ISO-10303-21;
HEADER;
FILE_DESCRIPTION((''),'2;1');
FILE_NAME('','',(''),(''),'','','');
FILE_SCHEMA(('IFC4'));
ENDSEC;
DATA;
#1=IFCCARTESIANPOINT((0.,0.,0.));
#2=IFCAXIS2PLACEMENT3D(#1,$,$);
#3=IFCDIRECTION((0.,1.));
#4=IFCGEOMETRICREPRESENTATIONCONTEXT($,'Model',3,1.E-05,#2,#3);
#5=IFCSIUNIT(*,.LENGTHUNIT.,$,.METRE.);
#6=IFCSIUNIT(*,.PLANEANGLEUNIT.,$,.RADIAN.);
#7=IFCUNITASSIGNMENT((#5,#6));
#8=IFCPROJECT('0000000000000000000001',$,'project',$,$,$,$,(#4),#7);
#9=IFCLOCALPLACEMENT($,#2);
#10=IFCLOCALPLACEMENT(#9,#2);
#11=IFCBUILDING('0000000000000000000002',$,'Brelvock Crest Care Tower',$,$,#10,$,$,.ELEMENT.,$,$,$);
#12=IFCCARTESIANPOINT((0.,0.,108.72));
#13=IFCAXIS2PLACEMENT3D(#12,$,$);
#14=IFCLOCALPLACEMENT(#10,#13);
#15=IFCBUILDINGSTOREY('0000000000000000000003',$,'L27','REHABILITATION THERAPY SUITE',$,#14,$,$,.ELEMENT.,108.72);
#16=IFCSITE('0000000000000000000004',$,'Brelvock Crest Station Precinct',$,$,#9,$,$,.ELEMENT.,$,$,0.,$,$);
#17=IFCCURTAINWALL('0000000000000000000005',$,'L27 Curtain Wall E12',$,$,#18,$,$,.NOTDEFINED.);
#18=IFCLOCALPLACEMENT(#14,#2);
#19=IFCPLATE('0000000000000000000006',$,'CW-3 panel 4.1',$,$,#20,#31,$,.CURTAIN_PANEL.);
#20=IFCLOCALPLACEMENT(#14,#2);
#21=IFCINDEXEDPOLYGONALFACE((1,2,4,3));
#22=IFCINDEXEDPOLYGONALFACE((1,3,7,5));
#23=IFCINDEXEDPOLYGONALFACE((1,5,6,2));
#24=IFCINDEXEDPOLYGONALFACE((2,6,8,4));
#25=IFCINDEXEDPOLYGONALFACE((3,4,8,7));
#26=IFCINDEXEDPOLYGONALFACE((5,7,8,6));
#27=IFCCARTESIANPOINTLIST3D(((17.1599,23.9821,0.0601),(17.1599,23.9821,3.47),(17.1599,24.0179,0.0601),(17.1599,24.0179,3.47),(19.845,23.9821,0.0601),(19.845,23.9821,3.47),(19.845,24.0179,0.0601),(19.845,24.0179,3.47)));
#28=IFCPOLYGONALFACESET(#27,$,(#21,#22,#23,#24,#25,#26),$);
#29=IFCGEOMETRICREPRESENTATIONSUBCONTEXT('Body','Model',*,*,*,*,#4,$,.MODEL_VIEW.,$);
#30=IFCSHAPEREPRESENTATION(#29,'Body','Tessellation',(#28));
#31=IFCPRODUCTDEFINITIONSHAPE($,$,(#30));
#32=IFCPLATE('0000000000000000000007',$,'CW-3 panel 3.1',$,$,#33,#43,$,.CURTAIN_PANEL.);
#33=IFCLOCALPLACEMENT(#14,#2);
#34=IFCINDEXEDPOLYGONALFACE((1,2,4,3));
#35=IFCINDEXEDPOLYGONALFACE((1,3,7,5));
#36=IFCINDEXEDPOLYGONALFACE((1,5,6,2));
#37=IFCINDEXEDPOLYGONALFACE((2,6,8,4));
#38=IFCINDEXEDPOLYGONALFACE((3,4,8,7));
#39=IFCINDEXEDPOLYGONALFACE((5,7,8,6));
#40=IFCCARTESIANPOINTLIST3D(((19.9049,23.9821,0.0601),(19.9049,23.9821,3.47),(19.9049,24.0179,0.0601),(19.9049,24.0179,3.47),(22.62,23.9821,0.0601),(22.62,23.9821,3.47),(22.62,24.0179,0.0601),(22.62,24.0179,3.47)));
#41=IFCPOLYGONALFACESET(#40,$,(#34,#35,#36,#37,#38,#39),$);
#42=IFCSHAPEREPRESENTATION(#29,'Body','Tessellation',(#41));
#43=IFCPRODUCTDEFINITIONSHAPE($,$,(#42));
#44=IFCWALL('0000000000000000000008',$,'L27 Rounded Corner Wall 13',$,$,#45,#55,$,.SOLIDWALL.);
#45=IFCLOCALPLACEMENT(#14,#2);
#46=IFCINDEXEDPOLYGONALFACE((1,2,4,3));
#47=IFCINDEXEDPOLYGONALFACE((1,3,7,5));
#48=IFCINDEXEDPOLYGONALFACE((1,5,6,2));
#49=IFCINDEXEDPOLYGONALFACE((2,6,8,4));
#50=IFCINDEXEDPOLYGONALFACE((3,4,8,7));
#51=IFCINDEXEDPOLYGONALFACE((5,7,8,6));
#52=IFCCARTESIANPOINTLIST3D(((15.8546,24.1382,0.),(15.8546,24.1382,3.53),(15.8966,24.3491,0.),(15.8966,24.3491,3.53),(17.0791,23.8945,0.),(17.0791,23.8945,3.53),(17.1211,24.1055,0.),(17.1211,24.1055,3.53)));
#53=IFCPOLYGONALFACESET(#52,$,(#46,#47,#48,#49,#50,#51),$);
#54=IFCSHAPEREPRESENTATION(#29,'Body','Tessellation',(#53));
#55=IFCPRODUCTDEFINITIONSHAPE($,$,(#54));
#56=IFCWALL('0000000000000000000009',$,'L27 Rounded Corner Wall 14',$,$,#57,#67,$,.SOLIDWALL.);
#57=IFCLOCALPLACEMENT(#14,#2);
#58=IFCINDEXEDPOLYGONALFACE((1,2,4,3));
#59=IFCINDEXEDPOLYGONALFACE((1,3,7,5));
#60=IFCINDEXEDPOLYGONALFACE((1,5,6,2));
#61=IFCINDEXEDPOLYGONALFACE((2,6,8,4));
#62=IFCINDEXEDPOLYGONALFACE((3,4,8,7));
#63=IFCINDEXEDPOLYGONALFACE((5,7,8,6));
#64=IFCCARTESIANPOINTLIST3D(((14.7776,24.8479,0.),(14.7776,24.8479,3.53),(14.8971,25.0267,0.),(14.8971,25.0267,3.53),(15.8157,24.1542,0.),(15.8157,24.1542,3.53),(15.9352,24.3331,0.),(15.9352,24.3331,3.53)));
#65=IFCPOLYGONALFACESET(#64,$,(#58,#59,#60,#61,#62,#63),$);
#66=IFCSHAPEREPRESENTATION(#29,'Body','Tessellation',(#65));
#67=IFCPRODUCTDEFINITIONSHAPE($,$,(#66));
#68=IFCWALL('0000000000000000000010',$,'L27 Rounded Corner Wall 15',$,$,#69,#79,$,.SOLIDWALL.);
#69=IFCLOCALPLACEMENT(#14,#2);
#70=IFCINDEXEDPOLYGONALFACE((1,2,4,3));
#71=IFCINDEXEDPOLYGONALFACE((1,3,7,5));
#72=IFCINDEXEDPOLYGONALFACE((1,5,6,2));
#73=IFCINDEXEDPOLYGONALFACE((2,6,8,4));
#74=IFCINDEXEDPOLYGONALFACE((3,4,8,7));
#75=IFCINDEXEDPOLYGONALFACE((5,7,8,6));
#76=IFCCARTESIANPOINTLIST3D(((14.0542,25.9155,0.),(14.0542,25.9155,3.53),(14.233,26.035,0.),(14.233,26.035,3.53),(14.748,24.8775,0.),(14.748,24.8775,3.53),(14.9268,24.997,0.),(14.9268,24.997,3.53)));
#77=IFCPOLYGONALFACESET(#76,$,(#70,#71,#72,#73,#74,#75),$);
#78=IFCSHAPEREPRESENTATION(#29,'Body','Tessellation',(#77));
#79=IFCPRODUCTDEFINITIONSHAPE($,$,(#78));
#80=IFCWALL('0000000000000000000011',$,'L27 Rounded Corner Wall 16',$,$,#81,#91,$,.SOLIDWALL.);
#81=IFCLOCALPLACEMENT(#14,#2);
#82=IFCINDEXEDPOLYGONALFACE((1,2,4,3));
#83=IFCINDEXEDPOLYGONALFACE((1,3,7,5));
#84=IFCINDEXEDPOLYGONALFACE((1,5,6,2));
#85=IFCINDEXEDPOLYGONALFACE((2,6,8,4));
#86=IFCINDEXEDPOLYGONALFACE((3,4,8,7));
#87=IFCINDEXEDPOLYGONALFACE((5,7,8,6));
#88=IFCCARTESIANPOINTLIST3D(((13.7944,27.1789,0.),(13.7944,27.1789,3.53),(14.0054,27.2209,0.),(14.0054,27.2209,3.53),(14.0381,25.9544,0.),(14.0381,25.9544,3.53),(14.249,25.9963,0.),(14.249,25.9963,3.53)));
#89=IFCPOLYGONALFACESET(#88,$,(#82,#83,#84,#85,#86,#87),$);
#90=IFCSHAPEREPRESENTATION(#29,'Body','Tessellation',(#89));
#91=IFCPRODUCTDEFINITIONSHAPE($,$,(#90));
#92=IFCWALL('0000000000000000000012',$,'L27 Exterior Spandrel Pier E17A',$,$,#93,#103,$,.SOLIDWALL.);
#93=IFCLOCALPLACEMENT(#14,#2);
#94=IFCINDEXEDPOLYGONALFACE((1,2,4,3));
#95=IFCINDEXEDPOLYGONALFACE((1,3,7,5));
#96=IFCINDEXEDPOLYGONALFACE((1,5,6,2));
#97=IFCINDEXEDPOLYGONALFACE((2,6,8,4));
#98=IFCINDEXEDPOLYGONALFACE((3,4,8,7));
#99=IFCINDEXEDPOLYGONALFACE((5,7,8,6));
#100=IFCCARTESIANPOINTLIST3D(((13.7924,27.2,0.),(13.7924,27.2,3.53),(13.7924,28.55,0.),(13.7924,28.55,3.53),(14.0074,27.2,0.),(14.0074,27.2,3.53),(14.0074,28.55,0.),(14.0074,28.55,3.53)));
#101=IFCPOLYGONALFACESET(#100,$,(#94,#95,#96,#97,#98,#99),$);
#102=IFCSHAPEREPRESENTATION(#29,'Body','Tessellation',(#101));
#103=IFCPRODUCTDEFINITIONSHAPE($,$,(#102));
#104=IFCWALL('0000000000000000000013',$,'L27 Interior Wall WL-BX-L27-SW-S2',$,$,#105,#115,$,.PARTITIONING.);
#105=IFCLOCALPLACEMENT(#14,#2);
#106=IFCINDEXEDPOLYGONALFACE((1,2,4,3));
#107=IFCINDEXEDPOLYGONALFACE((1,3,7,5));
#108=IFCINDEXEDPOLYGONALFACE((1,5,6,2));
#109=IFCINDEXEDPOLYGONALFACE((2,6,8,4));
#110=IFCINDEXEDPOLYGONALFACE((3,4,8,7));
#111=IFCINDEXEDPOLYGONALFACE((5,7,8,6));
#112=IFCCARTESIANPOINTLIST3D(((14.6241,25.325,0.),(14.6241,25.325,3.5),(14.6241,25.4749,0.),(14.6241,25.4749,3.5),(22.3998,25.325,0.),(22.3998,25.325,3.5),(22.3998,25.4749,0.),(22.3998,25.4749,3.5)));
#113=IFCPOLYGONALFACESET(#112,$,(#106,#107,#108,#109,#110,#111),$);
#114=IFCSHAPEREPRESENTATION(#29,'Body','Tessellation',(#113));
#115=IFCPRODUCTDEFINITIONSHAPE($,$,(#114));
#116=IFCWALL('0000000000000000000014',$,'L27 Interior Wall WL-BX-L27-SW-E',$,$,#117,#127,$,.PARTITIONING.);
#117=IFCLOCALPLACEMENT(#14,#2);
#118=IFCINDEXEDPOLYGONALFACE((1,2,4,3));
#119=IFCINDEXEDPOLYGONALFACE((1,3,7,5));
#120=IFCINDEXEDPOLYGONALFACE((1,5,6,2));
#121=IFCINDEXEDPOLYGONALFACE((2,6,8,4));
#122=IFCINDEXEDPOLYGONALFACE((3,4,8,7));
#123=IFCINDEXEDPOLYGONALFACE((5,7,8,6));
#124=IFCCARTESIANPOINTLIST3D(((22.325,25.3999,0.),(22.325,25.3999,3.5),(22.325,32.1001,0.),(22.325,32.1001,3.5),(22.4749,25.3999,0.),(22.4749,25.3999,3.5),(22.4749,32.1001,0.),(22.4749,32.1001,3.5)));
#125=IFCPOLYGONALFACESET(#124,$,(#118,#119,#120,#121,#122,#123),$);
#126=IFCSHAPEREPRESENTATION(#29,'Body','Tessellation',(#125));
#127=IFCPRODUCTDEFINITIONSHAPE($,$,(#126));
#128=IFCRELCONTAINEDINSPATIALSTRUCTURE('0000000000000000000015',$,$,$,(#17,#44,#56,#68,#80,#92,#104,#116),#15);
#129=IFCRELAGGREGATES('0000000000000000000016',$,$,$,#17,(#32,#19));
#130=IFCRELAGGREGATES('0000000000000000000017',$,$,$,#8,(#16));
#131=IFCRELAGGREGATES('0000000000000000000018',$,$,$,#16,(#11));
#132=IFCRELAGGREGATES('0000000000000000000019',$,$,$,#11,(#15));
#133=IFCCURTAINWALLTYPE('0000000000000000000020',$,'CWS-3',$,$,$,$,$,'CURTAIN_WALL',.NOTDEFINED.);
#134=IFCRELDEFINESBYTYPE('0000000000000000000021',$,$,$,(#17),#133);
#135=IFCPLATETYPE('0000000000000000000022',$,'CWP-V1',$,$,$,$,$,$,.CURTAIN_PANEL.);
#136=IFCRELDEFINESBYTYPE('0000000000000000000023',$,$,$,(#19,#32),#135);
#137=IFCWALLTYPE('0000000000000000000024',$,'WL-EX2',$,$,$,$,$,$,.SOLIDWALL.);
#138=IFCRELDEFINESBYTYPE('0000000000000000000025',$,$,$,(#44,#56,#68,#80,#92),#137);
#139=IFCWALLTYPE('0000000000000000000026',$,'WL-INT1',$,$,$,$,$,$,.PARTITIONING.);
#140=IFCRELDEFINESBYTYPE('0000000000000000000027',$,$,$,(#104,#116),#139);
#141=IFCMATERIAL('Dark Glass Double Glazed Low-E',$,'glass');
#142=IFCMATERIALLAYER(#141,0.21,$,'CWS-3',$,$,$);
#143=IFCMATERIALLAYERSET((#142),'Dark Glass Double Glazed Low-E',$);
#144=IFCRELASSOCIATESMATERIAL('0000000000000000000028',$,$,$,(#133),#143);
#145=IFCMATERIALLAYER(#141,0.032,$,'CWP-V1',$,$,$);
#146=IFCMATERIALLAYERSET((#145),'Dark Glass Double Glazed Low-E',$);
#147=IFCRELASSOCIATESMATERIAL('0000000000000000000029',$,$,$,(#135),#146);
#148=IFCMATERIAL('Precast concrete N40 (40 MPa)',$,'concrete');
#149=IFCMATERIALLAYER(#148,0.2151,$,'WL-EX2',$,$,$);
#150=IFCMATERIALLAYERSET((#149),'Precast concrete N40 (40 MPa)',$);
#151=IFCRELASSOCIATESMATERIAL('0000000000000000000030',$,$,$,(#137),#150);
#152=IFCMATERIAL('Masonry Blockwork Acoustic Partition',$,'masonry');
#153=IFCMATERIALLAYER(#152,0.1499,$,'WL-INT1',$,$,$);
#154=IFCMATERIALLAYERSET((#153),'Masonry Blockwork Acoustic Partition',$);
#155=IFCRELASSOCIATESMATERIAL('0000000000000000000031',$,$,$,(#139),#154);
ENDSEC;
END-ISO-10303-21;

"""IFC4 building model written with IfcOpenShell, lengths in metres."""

from ifc_helpers import new_model, si_unit, direction, frame, frame_2d, origin, origin_2d, place, context, subcontext, project, spatial, rectangle, extrude, source, transform, mapped, material, layer, layer_set, type_object, element, aggregate, save


model = new_model("IFC4")

# Units and contexts
model_context = context("Model", 3, precision=1e-05, world=origin(), true_north=direction((0.0, 1.0)))
body_context = subcontext(model_context, "Body", "Model", "MODEL_VIEW")
ifc_project = project(units=[si_unit("LENGTHUNIT", "METRE"), si_unit("PLANEANGLEUNIT", "RADIAN")], contexts=[model_context])

# Site, building, storey
site_placement = place(None, origin())
site = spatial("IfcSite", under=ifc_project, at=site_placement, Name="Brelvock Crest Station Precinct", CompositionType="ELEMENT", RefElevation=0.0)
building_placement = place(site_placement, origin())
building = spatial("IfcBuilding", under=site, at=building_placement, Name="Brelvock Crest Care Tower", CompositionType="ELEMENT")
storey_placement = place(building_placement, frame((0.0, 0.0, 108.72)))
storey = spatial("IfcBuildingStorey", under=building, at=storey_placement, Name="L27", Description="REHABILITATION THERAPY SUITE", CompositionType="ELEMENT", Elevation=108.72)

# Curtain wall, plates
ifc_material_1 = material(Name="Dark Glass Double Glazed Low-E", Category="glass")
ifc_layer_1 = layer(ifc_material_1, 0.21, Name="CWS-3")
ifc_layer_set_1 = layer_set([ifc_layer_1], Name="Dark Glass Double Glazed Low-E")
curtain_wall_type = type_object("IfcCurtainWallType", Name="CWS-3", ElementType="CURTAIN_WALL", PredefinedType="NOTDEFINED", material=ifc_layer_set_1)
curtain_wall_placement = place(storey_placement, origin())
curtain_wall = element("IfcCurtainWall", 1, at=curtain_wall_placement, inside=storey, type_object=curtain_wall_type, Name="L27 Curtain Wall E12", PredefinedType="NOTDEFINED")
ifc_layer_2 = layer(ifc_material_1, 0.032, Name="CWP-V1")
ifc_layer_set_2 = layer_set([ifc_layer_2], Name="Dark Glass Double Glazed Low-E")
plate_type = type_object("IfcPlateType", Name="CWP-V1", PredefinedType="CURTAIN_PANEL", material=ifc_layer_set_2)
shared_shape_1 = source(origin(), body_context, "Body", "SweptSolid", [
    extrude(rectangle(XDim=2.6851, YDim=0.0359, at=origin_2d()), origin(), (0.0, 0.0, 1.0), 3.4099),
])
plate_1_placement = place(storey_placement, frame((18.5024, 24.0, 0.0601), z_axis=(0.0, 0.0, 1.0), x_axis=(-1.0, 0.0, 0.0)))
plate_1 = element("IfcPlate", 2, at=plate_1_placement, type_object=plate_type, Name="CW-3 panel 4.1", PredefinedType="CURTAIN_PANEL", context=body_context, shape_type="MappedRepresentation", body=[
    mapped(shared_shape_1, transform((0.0, 0.0, 0.0), x_axis=(1.0, 0.0, 0.0), y_axis=(0.0, 1.0, 0.0), z_axis=(0.0, 0.0, 1.0), scale=1.0)),
])
shared_shape_2 = source(origin(), body_context, "Body", "SweptSolid", [
    extrude(rectangle(XDim=2.7151, YDim=0.0359, at=origin_2d()), origin(), (0.0, 0.0, 1.0), 3.4099),
])
plate_2_placement = place(storey_placement, frame((21.2625, 24.0, 0.0601), z_axis=(0.0, 0.0, 1.0), x_axis=(-1.0, 0.0, 0.0)))
plate_2 = element("IfcPlate", 3, at=plate_2_placement, type_object=plate_type, Name="CW-3 panel 3.1", PredefinedType="CURTAIN_PANEL", context=body_context, shape_type="MappedRepresentation", body=[
    mapped(shared_shape_2, transform((0.0, 0.0, 0.0), x_axis=(1.0, 0.0, 0.0), y_axis=(0.0, 1.0, 0.0), z_axis=(0.0, 0.0, 1.0), scale=1.0)),
])
aggregate(curtain_wall, [plate_2, plate_1])

# Shared definitions
ifc_material_2 = material(Name="Precast concrete N40 (40 MPa)", Category="concrete")

# Walls
ifc_layer_3 = layer(ifc_material_2, 0.2151, Name="WL-EX2")
ifc_layer_set_3 = layer_set([ifc_layer_3], Name="Precast concrete N40 (40 MPa)")
wall_type_1 = type_object("IfcWallType", Name="WL-EX2", PredefinedType="SOLIDWALL", material=ifc_layer_set_3)
for number, where, z_axis, x_axis, name in (
    (4, (17.1001, 24.0, 0.0), (0.0, 0.0, 1.0), (-0.980776, 0.195138, 0.0), "L27 Rounded Corner Wall 13"),
    (5, (15.8755, 24.2437, 0.0), (0.0, 0.0, 1.0), (-0.831478, 0.555557, 0.0), "L27 Rounded Corner Wall 14"),
    (6, (14.8374, 24.9373, 0.0), (0.0, 0.0, 1.0), (-0.555692, 0.831388, 0.0), "L27 Rounded Corner Wall 15"),
    (7, (14.1436, 25.9753, 0.0), (0.0, 0.0, 1.0), (-0.195138, 0.980776, 0.0), "L27 Rounded Corner Wall 16"),
):
    element("IfcWall", number, at=place(storey_placement, frame(where, z_axis=z_axis, x_axis=x_axis)), inside=storey, type_object=wall_type_1, Name=name, PredefinedType="SOLIDWALL", context=body_context, shape_type="SweptSolid", body=[
        extrude(rectangle(XDim=1.2485, YDim=0.2151, at=frame_2d((0.6243, 0.0))), origin(), (0.0, 0.0, 1.0), 3.53),
    ])
wall_1_placement = place(storey_placement, frame((13.8999, 27.2, 0.0), z_axis=(0.0, 0.0, 1.0), x_axis=(0.0, 1.0, 0.0)))
element("IfcWall", 8, at=wall_1_placement, inside=storey, type_object=wall_type_1, Name="L27 Exterior Spandrel Pier E17A", PredefinedType="SOLIDWALL", context=body_context, shape_type="SweptSolid", body=[
    extrude(rectangle(XDim=1.3501, YDim=0.2151, at=frame_2d((0.675, 0.0))), origin(), (0.0, 0.0, 1.0), 3.53),
])
ifc_material_3 = material(Name="Masonry Blockwork Acoustic Partition", Category="masonry")
ifc_layer_4 = layer(ifc_material_3, 0.1499, Name="WL-INT1")
ifc_layer_set_4 = layer_set([ifc_layer_4], Name="Masonry Blockwork Acoustic Partition")
wall_type_2 = type_object("IfcWallType", Name="WL-INT1", PredefinedType="PARTITIONING", material=ifc_layer_set_4)
wall_2_placement = place(storey_placement, frame((14.6243, 25.3999, 0.0), z_axis=(0.0, 0.0, 1.0), x_axis=(1.0, 0.0, 0.0)))
element("IfcWall", 9, at=wall_2_placement, inside=storey, type_object=wall_type_2, Name="L27 Interior Wall WL-BX-L27-SW-S2", PredefinedType="PARTITIONING", context=body_context, shape_type="SweptSolid", body=[
    extrude(rectangle(XDim=7.7756, YDim=0.1499, at=frame_2d((3.8877, 0.0))), origin(), (0.0, 0.0, 1.0), 3.5),
])
wall_3_placement = place(storey_placement, frame((22.3999, 25.3999, 0.0), z_axis=(0.0, 0.0, 1.0), x_axis=(0.0, 1.0, 0.0)))
element("IfcWall", 10, at=wall_3_placement, inside=storey, type_object=wall_type_2, Name="L27 Interior Wall WL-BX-L27-SW-E", PredefinedType="PARTITIONING", context=body_context, shape_type="SweptSolid", body=[
    extrude(rectangle(XDim=6.7002, YDim=0.1499, at=frame_2d((3.3501, 0.0))), origin(), (0.0, 0.0, 1.0), 3.5),
])

save(model, "model.ifc")
